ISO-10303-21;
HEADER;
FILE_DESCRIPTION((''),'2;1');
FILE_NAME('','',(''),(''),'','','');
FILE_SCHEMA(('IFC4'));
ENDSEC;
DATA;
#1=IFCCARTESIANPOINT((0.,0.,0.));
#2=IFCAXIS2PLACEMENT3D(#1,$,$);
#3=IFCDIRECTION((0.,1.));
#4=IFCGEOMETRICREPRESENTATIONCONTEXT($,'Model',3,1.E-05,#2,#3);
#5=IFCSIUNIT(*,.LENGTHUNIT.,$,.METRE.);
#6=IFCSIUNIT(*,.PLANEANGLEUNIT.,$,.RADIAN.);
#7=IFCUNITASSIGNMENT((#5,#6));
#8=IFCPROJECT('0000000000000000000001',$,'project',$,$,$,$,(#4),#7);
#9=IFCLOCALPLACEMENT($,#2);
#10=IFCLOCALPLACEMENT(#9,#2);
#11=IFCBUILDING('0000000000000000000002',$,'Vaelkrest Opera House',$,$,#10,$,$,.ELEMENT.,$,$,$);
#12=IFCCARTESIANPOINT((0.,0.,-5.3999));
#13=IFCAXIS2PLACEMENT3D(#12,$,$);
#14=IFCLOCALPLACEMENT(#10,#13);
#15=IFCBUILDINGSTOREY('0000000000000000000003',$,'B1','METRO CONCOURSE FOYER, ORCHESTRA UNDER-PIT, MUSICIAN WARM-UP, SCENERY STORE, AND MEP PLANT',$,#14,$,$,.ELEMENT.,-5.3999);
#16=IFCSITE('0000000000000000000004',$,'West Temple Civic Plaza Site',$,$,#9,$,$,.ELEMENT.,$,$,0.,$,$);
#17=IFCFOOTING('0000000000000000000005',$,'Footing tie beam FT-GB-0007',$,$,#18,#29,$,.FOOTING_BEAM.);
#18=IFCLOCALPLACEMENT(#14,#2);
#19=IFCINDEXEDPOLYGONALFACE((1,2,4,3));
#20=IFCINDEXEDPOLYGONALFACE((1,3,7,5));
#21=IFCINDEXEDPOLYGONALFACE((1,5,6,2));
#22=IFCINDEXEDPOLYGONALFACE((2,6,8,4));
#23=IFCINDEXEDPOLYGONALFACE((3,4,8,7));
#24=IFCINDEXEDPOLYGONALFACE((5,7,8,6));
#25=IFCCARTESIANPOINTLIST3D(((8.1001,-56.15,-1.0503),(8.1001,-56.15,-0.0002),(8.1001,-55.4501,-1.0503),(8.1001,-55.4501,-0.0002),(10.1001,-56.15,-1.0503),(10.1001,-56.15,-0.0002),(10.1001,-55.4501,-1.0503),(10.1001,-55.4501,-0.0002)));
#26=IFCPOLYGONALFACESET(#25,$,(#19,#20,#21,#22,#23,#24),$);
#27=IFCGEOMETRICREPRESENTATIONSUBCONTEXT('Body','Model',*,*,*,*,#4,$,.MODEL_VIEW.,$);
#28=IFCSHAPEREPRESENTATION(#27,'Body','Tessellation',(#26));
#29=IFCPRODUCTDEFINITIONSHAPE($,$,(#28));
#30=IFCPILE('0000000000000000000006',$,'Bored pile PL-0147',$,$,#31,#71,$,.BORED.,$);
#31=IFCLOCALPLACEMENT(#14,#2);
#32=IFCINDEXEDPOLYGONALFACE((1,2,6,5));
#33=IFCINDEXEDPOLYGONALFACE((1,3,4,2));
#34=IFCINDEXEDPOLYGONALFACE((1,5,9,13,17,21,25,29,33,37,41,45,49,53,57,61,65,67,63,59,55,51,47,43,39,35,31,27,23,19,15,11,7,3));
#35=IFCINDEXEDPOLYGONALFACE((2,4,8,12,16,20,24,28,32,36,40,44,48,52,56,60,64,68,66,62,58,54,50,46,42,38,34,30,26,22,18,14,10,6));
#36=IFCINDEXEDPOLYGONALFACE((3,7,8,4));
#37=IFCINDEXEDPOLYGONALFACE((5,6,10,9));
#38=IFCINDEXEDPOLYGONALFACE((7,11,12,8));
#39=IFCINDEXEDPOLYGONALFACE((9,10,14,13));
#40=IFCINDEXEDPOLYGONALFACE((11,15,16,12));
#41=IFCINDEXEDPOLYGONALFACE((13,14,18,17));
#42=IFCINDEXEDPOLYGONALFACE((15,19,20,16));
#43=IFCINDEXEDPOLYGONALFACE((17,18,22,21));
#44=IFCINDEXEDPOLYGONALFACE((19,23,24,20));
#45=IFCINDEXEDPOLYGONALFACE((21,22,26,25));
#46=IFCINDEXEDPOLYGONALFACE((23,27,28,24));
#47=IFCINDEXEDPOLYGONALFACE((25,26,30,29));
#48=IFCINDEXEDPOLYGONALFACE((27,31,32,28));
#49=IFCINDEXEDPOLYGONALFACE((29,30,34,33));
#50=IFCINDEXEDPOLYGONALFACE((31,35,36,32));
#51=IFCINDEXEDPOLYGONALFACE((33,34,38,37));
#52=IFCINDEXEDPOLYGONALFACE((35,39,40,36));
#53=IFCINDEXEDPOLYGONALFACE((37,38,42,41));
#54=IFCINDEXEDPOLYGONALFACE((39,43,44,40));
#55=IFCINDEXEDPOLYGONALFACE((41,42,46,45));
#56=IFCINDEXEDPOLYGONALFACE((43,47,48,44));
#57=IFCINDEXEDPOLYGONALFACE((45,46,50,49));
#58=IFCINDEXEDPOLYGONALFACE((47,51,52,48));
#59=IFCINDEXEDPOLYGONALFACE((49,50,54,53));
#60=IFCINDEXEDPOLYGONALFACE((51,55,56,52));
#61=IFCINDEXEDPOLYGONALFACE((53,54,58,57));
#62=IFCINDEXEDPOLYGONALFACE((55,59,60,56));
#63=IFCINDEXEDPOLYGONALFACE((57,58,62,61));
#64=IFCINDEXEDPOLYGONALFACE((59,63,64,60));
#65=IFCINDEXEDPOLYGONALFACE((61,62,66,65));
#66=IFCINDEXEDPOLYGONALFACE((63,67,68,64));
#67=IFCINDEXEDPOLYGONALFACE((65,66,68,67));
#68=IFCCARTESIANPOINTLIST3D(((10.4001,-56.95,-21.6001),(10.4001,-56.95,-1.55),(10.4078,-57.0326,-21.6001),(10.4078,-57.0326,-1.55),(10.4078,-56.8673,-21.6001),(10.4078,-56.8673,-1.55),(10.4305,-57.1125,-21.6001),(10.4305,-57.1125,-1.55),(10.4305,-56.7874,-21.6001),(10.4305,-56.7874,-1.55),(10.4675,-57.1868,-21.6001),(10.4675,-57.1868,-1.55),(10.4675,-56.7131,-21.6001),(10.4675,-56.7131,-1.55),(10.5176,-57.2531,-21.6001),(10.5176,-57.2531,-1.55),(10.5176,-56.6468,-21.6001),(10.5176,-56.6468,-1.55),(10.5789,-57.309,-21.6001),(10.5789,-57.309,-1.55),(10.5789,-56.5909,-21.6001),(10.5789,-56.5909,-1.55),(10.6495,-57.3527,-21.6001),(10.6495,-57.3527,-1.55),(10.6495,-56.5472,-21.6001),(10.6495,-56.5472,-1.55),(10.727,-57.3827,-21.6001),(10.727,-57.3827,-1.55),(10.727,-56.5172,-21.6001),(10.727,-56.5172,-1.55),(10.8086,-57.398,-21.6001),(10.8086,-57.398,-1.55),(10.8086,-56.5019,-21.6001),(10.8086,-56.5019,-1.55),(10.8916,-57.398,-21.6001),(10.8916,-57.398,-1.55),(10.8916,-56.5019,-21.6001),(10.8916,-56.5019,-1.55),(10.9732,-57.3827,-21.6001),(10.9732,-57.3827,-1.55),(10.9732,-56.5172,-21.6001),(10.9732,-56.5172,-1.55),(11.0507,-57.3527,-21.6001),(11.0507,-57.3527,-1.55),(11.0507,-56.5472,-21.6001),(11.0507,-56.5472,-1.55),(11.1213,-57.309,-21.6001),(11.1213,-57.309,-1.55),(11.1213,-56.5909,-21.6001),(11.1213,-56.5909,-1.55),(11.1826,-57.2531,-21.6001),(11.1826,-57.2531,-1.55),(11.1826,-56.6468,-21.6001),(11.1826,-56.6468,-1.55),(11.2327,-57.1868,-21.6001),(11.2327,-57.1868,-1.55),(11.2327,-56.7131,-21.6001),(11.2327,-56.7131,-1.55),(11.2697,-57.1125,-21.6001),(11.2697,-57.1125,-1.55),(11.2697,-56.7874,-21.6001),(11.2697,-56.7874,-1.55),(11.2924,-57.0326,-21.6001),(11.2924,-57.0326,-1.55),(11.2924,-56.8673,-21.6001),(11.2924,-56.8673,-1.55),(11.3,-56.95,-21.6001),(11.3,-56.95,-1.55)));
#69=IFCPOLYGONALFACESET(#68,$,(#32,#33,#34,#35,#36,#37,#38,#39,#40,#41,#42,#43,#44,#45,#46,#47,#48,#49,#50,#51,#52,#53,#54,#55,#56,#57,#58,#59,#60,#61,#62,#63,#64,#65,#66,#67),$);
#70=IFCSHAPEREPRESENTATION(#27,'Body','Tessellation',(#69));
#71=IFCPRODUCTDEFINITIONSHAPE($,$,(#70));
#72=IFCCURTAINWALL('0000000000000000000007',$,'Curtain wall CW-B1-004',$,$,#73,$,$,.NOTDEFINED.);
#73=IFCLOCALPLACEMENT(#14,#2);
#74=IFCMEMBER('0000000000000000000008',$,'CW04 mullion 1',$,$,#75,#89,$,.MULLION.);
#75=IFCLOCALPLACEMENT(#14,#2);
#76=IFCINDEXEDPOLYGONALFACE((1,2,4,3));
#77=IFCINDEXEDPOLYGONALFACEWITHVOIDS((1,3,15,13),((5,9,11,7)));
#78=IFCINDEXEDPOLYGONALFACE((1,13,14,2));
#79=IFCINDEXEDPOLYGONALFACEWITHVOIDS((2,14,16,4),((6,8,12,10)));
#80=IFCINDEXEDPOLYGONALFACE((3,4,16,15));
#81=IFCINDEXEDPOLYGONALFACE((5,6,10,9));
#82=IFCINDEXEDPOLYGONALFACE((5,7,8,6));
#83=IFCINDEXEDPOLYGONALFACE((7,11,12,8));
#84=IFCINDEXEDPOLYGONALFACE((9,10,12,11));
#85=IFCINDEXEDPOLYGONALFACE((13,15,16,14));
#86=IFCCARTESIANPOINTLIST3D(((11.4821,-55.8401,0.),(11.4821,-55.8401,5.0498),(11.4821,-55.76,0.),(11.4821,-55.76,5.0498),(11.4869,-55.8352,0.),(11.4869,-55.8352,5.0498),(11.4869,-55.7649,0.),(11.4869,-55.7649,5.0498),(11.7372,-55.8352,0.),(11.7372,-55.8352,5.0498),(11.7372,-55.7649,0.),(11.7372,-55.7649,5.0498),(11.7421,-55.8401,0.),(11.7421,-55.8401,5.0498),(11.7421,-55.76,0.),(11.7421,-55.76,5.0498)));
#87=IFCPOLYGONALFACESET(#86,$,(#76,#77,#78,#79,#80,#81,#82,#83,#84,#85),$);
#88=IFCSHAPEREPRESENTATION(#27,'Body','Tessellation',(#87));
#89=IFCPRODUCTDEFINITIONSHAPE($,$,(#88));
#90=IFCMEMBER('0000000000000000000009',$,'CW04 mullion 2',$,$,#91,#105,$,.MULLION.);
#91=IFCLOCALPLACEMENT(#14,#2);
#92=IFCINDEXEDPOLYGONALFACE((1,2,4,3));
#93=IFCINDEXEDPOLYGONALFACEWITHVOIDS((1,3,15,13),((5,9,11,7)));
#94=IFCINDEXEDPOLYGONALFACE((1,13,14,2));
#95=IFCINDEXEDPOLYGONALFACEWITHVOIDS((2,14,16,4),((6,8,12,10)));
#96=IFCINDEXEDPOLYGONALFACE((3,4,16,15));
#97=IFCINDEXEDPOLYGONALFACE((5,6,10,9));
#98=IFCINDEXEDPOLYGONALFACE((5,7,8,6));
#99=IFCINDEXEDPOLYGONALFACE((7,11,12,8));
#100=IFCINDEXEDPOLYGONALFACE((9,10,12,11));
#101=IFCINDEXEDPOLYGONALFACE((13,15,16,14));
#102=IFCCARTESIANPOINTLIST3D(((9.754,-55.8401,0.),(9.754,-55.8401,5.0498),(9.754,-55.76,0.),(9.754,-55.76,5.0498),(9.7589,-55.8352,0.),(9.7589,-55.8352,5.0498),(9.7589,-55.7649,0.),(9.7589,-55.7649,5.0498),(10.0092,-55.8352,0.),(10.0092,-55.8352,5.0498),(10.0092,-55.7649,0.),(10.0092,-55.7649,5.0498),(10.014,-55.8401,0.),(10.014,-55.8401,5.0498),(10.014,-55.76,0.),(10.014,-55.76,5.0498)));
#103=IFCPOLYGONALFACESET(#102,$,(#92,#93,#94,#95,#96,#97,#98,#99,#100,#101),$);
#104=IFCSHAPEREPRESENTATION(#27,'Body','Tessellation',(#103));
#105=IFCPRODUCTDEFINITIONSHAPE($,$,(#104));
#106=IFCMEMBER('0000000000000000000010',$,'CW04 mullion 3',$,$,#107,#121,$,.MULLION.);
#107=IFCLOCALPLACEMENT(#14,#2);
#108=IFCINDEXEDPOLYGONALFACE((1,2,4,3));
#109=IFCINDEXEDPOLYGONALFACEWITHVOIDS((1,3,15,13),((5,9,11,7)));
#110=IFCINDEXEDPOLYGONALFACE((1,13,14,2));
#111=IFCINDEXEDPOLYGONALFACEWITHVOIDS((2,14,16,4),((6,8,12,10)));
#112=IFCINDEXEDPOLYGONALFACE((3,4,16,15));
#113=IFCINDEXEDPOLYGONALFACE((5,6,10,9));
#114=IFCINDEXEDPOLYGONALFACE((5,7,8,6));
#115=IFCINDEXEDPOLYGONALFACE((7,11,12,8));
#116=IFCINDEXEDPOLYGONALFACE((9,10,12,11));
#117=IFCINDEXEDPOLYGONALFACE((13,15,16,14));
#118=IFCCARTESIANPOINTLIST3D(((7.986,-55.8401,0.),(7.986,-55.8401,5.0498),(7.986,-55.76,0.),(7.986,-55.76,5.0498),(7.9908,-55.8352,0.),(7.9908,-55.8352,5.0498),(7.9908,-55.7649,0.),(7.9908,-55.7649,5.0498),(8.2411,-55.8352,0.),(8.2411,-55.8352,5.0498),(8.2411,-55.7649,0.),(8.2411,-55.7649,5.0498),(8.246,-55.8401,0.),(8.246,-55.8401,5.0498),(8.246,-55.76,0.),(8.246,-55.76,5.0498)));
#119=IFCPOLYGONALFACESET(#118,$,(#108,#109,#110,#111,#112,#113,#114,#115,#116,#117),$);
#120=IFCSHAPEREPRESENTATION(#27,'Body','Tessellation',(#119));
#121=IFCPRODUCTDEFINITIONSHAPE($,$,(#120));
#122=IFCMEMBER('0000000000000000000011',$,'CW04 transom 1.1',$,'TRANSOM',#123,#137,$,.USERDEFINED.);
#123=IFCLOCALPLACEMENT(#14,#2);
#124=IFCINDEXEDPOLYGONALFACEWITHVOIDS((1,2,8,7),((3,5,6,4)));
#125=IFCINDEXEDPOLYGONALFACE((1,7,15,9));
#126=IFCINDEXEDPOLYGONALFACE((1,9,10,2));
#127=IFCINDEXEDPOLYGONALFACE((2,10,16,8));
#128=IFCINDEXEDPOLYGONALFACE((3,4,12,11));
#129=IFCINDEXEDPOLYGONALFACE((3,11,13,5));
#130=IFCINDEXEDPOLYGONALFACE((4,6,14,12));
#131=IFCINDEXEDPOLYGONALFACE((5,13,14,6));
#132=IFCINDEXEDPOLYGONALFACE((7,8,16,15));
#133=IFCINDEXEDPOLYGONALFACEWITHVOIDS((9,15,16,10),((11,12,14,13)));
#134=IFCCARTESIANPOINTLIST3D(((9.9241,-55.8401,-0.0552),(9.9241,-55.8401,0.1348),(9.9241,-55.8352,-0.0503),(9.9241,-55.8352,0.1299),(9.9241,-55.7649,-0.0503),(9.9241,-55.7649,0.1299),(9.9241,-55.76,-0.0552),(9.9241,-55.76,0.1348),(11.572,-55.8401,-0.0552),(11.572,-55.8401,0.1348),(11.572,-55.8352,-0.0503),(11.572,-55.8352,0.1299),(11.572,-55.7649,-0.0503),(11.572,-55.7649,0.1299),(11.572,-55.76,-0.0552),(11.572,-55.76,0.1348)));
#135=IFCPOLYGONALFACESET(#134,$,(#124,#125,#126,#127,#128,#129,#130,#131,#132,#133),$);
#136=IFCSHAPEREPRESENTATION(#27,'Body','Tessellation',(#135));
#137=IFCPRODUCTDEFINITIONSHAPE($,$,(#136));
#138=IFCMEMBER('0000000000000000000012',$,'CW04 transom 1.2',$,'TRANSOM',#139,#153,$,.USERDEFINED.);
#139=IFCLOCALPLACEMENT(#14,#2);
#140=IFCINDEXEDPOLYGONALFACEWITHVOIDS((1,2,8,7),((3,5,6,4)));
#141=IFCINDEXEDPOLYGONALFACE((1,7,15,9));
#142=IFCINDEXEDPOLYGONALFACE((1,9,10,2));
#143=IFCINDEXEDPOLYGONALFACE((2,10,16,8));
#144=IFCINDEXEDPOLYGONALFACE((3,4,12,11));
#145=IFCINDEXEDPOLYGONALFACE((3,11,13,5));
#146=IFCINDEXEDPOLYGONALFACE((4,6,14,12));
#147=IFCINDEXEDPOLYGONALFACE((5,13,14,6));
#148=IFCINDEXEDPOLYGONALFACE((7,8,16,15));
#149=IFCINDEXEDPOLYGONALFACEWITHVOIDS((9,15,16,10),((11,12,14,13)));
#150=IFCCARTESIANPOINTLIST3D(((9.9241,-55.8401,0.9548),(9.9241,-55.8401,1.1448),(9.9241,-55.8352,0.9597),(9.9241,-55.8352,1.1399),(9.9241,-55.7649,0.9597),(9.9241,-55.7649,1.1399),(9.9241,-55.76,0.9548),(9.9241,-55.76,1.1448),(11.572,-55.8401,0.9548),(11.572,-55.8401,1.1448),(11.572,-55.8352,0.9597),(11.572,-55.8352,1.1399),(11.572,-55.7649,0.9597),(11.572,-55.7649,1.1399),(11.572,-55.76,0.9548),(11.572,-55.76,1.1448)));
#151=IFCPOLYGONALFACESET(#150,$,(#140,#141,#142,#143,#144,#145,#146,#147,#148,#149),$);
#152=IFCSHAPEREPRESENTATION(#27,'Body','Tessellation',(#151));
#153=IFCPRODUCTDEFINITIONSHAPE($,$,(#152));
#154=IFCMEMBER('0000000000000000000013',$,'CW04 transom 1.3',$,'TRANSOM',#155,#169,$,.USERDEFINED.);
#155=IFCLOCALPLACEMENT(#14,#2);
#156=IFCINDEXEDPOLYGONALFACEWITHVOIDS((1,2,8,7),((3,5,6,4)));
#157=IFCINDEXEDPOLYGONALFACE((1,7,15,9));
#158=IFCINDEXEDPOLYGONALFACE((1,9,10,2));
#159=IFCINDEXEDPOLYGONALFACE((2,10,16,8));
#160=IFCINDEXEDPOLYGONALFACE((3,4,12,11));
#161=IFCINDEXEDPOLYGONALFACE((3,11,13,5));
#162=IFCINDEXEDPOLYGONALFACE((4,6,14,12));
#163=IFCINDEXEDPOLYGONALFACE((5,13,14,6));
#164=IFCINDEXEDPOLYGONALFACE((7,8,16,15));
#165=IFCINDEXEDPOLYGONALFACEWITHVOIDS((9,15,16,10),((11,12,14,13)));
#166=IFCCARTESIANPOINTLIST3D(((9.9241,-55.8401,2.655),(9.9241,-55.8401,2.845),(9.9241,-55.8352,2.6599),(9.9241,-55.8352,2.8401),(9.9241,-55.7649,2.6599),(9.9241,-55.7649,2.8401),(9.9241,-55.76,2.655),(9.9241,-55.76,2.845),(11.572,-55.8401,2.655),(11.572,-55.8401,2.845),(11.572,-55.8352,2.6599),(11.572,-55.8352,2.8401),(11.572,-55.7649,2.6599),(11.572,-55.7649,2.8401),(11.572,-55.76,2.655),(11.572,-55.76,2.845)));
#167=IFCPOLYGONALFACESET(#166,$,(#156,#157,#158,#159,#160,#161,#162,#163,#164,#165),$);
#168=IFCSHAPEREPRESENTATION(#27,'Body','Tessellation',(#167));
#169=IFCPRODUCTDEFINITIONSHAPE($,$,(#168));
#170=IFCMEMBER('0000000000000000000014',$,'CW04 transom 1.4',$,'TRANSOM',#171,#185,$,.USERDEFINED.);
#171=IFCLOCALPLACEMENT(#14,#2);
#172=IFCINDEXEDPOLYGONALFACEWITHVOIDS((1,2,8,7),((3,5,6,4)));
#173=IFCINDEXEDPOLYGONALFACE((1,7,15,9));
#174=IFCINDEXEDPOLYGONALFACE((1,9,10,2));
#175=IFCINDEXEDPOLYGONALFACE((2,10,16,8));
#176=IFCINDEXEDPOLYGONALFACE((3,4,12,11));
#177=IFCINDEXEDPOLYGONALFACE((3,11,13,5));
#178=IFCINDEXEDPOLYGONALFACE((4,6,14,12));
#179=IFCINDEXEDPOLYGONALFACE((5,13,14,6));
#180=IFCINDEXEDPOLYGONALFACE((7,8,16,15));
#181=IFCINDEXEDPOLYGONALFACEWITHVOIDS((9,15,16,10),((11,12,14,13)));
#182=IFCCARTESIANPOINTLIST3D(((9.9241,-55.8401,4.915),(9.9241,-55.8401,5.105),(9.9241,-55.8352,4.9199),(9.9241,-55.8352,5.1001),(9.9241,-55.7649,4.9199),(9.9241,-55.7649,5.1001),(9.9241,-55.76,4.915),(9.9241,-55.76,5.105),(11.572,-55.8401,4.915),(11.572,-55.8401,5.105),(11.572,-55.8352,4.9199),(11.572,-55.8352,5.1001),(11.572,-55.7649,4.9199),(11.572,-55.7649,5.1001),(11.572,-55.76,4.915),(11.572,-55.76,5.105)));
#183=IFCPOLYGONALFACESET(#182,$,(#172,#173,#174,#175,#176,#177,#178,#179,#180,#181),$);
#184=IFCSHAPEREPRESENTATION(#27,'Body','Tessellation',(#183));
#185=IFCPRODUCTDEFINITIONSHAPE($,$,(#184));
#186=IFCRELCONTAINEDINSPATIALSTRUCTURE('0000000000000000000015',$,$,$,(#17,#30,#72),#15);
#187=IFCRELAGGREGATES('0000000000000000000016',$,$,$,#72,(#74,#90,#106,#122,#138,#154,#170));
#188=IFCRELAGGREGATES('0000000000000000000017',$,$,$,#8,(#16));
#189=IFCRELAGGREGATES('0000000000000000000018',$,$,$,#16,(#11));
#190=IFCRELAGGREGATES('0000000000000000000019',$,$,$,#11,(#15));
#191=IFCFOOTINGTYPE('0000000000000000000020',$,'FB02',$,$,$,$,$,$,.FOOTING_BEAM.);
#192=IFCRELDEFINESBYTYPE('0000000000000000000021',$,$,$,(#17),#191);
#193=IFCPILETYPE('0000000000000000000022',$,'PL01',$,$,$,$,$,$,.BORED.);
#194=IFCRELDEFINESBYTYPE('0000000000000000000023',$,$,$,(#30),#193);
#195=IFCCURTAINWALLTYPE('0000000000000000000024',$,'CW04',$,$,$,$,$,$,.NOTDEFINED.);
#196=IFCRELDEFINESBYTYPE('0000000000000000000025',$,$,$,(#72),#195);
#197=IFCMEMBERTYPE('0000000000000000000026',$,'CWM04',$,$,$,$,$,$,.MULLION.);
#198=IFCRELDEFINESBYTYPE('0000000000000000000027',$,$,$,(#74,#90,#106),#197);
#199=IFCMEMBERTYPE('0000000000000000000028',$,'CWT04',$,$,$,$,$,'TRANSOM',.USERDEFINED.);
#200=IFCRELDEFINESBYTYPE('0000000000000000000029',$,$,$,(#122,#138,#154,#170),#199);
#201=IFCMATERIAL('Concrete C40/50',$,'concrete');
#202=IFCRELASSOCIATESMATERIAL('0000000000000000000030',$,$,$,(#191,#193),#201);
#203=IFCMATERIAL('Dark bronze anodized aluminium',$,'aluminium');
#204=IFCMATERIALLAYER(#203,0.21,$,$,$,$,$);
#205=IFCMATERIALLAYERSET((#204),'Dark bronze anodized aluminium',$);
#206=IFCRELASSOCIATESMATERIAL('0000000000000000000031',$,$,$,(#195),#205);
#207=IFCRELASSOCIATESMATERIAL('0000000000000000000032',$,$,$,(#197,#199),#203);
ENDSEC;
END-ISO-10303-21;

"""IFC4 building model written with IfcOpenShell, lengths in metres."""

from ifc_helpers import new_model, si_unit, direction, frame, origin, origin_2d, place, context, subcontext, project, spatial, rectangle, hollow_rectangle, circle, extrude, material, layer, layer_set, material_profile, profile_set, type_object, element, aggregate, save


model = new_model("IFC4")

# Units and contexts
model_context = context("Model", 3, precision=1e-05, world=origin(), true_north=direction((0.0, 1.0)))
body_context = subcontext(model_context, "Body", "Model", "MODEL_VIEW")
ifc_project = project(units=[si_unit("LENGTHUNIT", "METRE"), si_unit("PLANEANGLEUNIT", "RADIAN")], contexts=[model_context])

# Site, building, storey
site_placement = place(None, origin())
site = spatial("IfcSite", under=ifc_project, at=site_placement, Name="West Temple Civic Plaza Site", CompositionType="ELEMENT", RefElevation=0.0)
building_placement = place(site_placement, origin())
building = spatial("IfcBuilding", under=site, at=building_placement, Name="Vaelkrest Opera House", CompositionType="ELEMENT")
storey_placement = place(building_placement, frame((0.0, 0.0, -5.3999)))
storey = spatial("IfcBuildingStorey", under=building, at=storey_placement, Name="B1", Description="METRO CONCOURSE FOYER, ORCHESTRA UNDER-PIT, MUSICIAN WARM-UP, SCENERY STORE, AND MEP PLANT", CompositionType="ELEMENT", Elevation=-5.3999)

# Footing
ifc_material_1 = material(Name="Concrete C40/50", Category="concrete")
footing_type = type_object("IfcFootingType", Name="FB02", PredefinedType="FOOTING_BEAM", material=ifc_material_1)
footing_placement = place(storey_placement, frame((9.1001, -55.8, -1.0503), z_axis=(0.0, 0.0, 1.0), x_axis=(1.0, 0.0, 0.0)))
element("IfcFooting", 1, at=footing_placement, inside=storey, type_object=footing_type, Name="Footing tie beam FT-GB-0007", PredefinedType="FOOTING_BEAM", context=body_context, shape_type="SweptSolid", body=[
    extrude(rectangle(XDim=2.0, YDim=0.7, at=origin_2d()), origin(), (0.0, 0.0, 1.0), 1.05),
])

# Pile
ifc_material_profile_1 = material_profile(ifc_material_1, circle(Radius=0.45, at=origin_2d()), Name="PILE900")
ifc_profile_set_1 = profile_set([ifc_material_profile_1], Name="Concrete C40/50")
pile_type = type_object("IfcPileType", Name="PL01", PredefinedType="BORED", material=ifc_profile_set_1)
pile_placement = place(storey_placement, frame((10.8501, -56.95, -1.55), z_axis=(0.0, 0.0, -1.0), x_axis=(1.0, 0.0, 0.0)))
element("IfcPile", 2, at=pile_placement, inside=storey, type_object=pile_type, Name="Bored pile PL-0147", PredefinedType="BORED", context=body_context, shape_type="SweptSolid", body=[
    extrude(circle(Radius=0.45, at=origin_2d()), origin(), (0.0, 0.0, 1.0), 20.05),
])

# Curtain wall, members
ifc_material_2 = material(Name="Dark bronze anodized aluminium", Category="aluminium")
ifc_layer_1 = layer(ifc_material_2, 0.21)
ifc_layer_set_1 = layer_set([ifc_layer_1], Name="Dark bronze anodized aluminium")
curtain_wall_type = type_object("IfcCurtainWallType", Name="CW04", PredefinedType="NOTDEFINED", material=ifc_layer_set_1)
curtain_wall_placement = place(storey_placement, origin())
curtain_wall = element("IfcCurtainWall", 3, at=curtain_wall_placement, inside=storey, type_object=curtain_wall_type, Name="Curtain wall CW-B1-004", PredefinedType="NOTDEFINED")
ifc_material_profile_2 = material_profile(ifc_material_2, hollow_rectangle(XDim=0.0801, YDim=0.26, WallThickness=0.0049, at=origin_2d()), Name="CWM80X260")
ifc_profile_set_2 = profile_set([ifc_material_profile_2], Name="Dark bronze anodized aluminium")
member_type_1 = type_object("IfcMemberType", Name="CWM04", PredefinedType="MULLION", material=ifc_profile_set_2)
member_1_placement = place(storey_placement, frame((11.6121, -55.8, 0.0), z_axis=(0.0, 0.0, 1.0), x_axis=(0.0, -1.0, 0.0)))
member_1 = element("IfcMember", 4, at=member_1_placement, type_object=member_type_1, Name="CW04 mullion 1", PredefinedType="MULLION", context=body_context, shape_type="SweptSolid", body=[
    extrude(hollow_rectangle(XDim=0.0801, YDim=0.26, WallThickness=0.0049, at=origin_2d()), origin(), (0.0, 0.0, 1.0), 5.0498),
])
member_2_placement = place(storey_placement, frame((9.884, -55.8, 0.0), z_axis=(0.0, 0.0, 1.0), x_axis=(0.0, -1.0, 0.0)))
member_2 = element("IfcMember", 5, at=member_2_placement, type_object=member_type_1, Name="CW04 mullion 2", PredefinedType="MULLION", context=body_context, shape_type="SweptSolid", body=[
    extrude(hollow_rectangle(XDim=0.0801, YDim=0.26, WallThickness=0.0049, at=origin_2d()), origin(), (0.0, 0.0, 1.0), 5.0498),
])
member_3_placement = place(storey_placement, frame((8.116, -55.8, 0.0), z_axis=(0.0, 0.0, 1.0), x_axis=(0.0, -1.0, 0.0)))
member_3 = element("IfcMember", 6, at=member_3_placement, type_object=member_type_1, Name="CW04 mullion 3", PredefinedType="MULLION", context=body_context, shape_type="SweptSolid", body=[
    extrude(hollow_rectangle(XDim=0.0801, YDim=0.26, WallThickness=0.0049, at=origin_2d()), origin(), (0.0, 0.0, 1.0), 5.0498),
])
ifc_material_profile_3 = material_profile(ifc_material_2, hollow_rectangle(XDim=0.0801, YDim=0.1899, WallThickness=0.0049, at=origin_2d()), Name="CWT80X190")
ifc_profile_set_3 = profile_set([ifc_material_profile_3], Name="Dark bronze anodized aluminium")
member_type_2 = type_object("IfcMemberType", Name="CWT04", ElementType="TRANSOM", PredefinedType="USERDEFINED", material=ifc_profile_set_3)
member_4_placement = place(storey_placement, frame((11.572, -55.8, 0.0398), z_axis=(-1.0, 0.0, 0.0), x_axis=(0.0, -1.0, 0.0)))
member_4 = element("IfcMember", 7, at=member_4_placement, type_object=member_type_2, Name="CW04 transom 1.1", ObjectType="TRANSOM", PredefinedType="USERDEFINED", context=body_context, shape_type="SweptSolid", body=[
    extrude(hollow_rectangle(XDim=0.0801, YDim=0.1899, WallThickness=0.0049, at=origin_2d()), origin(), (0.0, 0.0, 1.0), 1.6479),
])
member_5_placement = place(storey_placement, frame((11.572, -55.8, 1.0498), z_axis=(-1.0, 0.0, 0.0), x_axis=(0.0, -1.0, 0.0)))
member_5 = element("IfcMember", 8, at=member_5_placement, type_object=member_type_2, Name="CW04 transom 1.2", ObjectType="TRANSOM", PredefinedType="USERDEFINED", context=body_context, shape_type="SweptSolid", body=[
    extrude(hollow_rectangle(XDim=0.0801, YDim=0.1899, WallThickness=0.0049, at=origin_2d()), origin(), (0.0, 0.0, 1.0), 1.6479),
])
member_6_placement = place(storey_placement, frame((11.572, -55.8, 2.75), z_axis=(-1.0, 0.0, 0.0), x_axis=(0.0, -1.0, 0.0)))
member_6 = element("IfcMember", 9, at=member_6_placement, type_object=member_type_2, Name="CW04 transom 1.3", ObjectType="TRANSOM", PredefinedType="USERDEFINED", context=body_context, shape_type="SweptSolid", body=[
    extrude(hollow_rectangle(XDim=0.0801, YDim=0.1899, WallThickness=0.0049, at=origin_2d()), origin(), (0.0, 0.0, 1.0), 1.6479),
])
member_7_placement = place(storey_placement, frame((11.572, -55.8, 5.01), z_axis=(-1.0, 0.0, 0.0), x_axis=(0.0, -1.0, 0.0)))
member_7 = element("IfcMember", 10, at=member_7_placement, type_object=member_type_2, Name="CW04 transom 1.4", ObjectType="TRANSOM", PredefinedType="USERDEFINED", context=body_context, shape_type="SweptSolid", body=[
    extrude(hollow_rectangle(XDim=0.0801, YDim=0.1899, WallThickness=0.0049, at=origin_2d()), origin(), (0.0, 0.0, 1.0), 1.6479),
])
aggregate(curtain_wall, [member_1, member_2, member_3, member_4, member_5, member_6, member_7])

save(model, "model.ifc")
